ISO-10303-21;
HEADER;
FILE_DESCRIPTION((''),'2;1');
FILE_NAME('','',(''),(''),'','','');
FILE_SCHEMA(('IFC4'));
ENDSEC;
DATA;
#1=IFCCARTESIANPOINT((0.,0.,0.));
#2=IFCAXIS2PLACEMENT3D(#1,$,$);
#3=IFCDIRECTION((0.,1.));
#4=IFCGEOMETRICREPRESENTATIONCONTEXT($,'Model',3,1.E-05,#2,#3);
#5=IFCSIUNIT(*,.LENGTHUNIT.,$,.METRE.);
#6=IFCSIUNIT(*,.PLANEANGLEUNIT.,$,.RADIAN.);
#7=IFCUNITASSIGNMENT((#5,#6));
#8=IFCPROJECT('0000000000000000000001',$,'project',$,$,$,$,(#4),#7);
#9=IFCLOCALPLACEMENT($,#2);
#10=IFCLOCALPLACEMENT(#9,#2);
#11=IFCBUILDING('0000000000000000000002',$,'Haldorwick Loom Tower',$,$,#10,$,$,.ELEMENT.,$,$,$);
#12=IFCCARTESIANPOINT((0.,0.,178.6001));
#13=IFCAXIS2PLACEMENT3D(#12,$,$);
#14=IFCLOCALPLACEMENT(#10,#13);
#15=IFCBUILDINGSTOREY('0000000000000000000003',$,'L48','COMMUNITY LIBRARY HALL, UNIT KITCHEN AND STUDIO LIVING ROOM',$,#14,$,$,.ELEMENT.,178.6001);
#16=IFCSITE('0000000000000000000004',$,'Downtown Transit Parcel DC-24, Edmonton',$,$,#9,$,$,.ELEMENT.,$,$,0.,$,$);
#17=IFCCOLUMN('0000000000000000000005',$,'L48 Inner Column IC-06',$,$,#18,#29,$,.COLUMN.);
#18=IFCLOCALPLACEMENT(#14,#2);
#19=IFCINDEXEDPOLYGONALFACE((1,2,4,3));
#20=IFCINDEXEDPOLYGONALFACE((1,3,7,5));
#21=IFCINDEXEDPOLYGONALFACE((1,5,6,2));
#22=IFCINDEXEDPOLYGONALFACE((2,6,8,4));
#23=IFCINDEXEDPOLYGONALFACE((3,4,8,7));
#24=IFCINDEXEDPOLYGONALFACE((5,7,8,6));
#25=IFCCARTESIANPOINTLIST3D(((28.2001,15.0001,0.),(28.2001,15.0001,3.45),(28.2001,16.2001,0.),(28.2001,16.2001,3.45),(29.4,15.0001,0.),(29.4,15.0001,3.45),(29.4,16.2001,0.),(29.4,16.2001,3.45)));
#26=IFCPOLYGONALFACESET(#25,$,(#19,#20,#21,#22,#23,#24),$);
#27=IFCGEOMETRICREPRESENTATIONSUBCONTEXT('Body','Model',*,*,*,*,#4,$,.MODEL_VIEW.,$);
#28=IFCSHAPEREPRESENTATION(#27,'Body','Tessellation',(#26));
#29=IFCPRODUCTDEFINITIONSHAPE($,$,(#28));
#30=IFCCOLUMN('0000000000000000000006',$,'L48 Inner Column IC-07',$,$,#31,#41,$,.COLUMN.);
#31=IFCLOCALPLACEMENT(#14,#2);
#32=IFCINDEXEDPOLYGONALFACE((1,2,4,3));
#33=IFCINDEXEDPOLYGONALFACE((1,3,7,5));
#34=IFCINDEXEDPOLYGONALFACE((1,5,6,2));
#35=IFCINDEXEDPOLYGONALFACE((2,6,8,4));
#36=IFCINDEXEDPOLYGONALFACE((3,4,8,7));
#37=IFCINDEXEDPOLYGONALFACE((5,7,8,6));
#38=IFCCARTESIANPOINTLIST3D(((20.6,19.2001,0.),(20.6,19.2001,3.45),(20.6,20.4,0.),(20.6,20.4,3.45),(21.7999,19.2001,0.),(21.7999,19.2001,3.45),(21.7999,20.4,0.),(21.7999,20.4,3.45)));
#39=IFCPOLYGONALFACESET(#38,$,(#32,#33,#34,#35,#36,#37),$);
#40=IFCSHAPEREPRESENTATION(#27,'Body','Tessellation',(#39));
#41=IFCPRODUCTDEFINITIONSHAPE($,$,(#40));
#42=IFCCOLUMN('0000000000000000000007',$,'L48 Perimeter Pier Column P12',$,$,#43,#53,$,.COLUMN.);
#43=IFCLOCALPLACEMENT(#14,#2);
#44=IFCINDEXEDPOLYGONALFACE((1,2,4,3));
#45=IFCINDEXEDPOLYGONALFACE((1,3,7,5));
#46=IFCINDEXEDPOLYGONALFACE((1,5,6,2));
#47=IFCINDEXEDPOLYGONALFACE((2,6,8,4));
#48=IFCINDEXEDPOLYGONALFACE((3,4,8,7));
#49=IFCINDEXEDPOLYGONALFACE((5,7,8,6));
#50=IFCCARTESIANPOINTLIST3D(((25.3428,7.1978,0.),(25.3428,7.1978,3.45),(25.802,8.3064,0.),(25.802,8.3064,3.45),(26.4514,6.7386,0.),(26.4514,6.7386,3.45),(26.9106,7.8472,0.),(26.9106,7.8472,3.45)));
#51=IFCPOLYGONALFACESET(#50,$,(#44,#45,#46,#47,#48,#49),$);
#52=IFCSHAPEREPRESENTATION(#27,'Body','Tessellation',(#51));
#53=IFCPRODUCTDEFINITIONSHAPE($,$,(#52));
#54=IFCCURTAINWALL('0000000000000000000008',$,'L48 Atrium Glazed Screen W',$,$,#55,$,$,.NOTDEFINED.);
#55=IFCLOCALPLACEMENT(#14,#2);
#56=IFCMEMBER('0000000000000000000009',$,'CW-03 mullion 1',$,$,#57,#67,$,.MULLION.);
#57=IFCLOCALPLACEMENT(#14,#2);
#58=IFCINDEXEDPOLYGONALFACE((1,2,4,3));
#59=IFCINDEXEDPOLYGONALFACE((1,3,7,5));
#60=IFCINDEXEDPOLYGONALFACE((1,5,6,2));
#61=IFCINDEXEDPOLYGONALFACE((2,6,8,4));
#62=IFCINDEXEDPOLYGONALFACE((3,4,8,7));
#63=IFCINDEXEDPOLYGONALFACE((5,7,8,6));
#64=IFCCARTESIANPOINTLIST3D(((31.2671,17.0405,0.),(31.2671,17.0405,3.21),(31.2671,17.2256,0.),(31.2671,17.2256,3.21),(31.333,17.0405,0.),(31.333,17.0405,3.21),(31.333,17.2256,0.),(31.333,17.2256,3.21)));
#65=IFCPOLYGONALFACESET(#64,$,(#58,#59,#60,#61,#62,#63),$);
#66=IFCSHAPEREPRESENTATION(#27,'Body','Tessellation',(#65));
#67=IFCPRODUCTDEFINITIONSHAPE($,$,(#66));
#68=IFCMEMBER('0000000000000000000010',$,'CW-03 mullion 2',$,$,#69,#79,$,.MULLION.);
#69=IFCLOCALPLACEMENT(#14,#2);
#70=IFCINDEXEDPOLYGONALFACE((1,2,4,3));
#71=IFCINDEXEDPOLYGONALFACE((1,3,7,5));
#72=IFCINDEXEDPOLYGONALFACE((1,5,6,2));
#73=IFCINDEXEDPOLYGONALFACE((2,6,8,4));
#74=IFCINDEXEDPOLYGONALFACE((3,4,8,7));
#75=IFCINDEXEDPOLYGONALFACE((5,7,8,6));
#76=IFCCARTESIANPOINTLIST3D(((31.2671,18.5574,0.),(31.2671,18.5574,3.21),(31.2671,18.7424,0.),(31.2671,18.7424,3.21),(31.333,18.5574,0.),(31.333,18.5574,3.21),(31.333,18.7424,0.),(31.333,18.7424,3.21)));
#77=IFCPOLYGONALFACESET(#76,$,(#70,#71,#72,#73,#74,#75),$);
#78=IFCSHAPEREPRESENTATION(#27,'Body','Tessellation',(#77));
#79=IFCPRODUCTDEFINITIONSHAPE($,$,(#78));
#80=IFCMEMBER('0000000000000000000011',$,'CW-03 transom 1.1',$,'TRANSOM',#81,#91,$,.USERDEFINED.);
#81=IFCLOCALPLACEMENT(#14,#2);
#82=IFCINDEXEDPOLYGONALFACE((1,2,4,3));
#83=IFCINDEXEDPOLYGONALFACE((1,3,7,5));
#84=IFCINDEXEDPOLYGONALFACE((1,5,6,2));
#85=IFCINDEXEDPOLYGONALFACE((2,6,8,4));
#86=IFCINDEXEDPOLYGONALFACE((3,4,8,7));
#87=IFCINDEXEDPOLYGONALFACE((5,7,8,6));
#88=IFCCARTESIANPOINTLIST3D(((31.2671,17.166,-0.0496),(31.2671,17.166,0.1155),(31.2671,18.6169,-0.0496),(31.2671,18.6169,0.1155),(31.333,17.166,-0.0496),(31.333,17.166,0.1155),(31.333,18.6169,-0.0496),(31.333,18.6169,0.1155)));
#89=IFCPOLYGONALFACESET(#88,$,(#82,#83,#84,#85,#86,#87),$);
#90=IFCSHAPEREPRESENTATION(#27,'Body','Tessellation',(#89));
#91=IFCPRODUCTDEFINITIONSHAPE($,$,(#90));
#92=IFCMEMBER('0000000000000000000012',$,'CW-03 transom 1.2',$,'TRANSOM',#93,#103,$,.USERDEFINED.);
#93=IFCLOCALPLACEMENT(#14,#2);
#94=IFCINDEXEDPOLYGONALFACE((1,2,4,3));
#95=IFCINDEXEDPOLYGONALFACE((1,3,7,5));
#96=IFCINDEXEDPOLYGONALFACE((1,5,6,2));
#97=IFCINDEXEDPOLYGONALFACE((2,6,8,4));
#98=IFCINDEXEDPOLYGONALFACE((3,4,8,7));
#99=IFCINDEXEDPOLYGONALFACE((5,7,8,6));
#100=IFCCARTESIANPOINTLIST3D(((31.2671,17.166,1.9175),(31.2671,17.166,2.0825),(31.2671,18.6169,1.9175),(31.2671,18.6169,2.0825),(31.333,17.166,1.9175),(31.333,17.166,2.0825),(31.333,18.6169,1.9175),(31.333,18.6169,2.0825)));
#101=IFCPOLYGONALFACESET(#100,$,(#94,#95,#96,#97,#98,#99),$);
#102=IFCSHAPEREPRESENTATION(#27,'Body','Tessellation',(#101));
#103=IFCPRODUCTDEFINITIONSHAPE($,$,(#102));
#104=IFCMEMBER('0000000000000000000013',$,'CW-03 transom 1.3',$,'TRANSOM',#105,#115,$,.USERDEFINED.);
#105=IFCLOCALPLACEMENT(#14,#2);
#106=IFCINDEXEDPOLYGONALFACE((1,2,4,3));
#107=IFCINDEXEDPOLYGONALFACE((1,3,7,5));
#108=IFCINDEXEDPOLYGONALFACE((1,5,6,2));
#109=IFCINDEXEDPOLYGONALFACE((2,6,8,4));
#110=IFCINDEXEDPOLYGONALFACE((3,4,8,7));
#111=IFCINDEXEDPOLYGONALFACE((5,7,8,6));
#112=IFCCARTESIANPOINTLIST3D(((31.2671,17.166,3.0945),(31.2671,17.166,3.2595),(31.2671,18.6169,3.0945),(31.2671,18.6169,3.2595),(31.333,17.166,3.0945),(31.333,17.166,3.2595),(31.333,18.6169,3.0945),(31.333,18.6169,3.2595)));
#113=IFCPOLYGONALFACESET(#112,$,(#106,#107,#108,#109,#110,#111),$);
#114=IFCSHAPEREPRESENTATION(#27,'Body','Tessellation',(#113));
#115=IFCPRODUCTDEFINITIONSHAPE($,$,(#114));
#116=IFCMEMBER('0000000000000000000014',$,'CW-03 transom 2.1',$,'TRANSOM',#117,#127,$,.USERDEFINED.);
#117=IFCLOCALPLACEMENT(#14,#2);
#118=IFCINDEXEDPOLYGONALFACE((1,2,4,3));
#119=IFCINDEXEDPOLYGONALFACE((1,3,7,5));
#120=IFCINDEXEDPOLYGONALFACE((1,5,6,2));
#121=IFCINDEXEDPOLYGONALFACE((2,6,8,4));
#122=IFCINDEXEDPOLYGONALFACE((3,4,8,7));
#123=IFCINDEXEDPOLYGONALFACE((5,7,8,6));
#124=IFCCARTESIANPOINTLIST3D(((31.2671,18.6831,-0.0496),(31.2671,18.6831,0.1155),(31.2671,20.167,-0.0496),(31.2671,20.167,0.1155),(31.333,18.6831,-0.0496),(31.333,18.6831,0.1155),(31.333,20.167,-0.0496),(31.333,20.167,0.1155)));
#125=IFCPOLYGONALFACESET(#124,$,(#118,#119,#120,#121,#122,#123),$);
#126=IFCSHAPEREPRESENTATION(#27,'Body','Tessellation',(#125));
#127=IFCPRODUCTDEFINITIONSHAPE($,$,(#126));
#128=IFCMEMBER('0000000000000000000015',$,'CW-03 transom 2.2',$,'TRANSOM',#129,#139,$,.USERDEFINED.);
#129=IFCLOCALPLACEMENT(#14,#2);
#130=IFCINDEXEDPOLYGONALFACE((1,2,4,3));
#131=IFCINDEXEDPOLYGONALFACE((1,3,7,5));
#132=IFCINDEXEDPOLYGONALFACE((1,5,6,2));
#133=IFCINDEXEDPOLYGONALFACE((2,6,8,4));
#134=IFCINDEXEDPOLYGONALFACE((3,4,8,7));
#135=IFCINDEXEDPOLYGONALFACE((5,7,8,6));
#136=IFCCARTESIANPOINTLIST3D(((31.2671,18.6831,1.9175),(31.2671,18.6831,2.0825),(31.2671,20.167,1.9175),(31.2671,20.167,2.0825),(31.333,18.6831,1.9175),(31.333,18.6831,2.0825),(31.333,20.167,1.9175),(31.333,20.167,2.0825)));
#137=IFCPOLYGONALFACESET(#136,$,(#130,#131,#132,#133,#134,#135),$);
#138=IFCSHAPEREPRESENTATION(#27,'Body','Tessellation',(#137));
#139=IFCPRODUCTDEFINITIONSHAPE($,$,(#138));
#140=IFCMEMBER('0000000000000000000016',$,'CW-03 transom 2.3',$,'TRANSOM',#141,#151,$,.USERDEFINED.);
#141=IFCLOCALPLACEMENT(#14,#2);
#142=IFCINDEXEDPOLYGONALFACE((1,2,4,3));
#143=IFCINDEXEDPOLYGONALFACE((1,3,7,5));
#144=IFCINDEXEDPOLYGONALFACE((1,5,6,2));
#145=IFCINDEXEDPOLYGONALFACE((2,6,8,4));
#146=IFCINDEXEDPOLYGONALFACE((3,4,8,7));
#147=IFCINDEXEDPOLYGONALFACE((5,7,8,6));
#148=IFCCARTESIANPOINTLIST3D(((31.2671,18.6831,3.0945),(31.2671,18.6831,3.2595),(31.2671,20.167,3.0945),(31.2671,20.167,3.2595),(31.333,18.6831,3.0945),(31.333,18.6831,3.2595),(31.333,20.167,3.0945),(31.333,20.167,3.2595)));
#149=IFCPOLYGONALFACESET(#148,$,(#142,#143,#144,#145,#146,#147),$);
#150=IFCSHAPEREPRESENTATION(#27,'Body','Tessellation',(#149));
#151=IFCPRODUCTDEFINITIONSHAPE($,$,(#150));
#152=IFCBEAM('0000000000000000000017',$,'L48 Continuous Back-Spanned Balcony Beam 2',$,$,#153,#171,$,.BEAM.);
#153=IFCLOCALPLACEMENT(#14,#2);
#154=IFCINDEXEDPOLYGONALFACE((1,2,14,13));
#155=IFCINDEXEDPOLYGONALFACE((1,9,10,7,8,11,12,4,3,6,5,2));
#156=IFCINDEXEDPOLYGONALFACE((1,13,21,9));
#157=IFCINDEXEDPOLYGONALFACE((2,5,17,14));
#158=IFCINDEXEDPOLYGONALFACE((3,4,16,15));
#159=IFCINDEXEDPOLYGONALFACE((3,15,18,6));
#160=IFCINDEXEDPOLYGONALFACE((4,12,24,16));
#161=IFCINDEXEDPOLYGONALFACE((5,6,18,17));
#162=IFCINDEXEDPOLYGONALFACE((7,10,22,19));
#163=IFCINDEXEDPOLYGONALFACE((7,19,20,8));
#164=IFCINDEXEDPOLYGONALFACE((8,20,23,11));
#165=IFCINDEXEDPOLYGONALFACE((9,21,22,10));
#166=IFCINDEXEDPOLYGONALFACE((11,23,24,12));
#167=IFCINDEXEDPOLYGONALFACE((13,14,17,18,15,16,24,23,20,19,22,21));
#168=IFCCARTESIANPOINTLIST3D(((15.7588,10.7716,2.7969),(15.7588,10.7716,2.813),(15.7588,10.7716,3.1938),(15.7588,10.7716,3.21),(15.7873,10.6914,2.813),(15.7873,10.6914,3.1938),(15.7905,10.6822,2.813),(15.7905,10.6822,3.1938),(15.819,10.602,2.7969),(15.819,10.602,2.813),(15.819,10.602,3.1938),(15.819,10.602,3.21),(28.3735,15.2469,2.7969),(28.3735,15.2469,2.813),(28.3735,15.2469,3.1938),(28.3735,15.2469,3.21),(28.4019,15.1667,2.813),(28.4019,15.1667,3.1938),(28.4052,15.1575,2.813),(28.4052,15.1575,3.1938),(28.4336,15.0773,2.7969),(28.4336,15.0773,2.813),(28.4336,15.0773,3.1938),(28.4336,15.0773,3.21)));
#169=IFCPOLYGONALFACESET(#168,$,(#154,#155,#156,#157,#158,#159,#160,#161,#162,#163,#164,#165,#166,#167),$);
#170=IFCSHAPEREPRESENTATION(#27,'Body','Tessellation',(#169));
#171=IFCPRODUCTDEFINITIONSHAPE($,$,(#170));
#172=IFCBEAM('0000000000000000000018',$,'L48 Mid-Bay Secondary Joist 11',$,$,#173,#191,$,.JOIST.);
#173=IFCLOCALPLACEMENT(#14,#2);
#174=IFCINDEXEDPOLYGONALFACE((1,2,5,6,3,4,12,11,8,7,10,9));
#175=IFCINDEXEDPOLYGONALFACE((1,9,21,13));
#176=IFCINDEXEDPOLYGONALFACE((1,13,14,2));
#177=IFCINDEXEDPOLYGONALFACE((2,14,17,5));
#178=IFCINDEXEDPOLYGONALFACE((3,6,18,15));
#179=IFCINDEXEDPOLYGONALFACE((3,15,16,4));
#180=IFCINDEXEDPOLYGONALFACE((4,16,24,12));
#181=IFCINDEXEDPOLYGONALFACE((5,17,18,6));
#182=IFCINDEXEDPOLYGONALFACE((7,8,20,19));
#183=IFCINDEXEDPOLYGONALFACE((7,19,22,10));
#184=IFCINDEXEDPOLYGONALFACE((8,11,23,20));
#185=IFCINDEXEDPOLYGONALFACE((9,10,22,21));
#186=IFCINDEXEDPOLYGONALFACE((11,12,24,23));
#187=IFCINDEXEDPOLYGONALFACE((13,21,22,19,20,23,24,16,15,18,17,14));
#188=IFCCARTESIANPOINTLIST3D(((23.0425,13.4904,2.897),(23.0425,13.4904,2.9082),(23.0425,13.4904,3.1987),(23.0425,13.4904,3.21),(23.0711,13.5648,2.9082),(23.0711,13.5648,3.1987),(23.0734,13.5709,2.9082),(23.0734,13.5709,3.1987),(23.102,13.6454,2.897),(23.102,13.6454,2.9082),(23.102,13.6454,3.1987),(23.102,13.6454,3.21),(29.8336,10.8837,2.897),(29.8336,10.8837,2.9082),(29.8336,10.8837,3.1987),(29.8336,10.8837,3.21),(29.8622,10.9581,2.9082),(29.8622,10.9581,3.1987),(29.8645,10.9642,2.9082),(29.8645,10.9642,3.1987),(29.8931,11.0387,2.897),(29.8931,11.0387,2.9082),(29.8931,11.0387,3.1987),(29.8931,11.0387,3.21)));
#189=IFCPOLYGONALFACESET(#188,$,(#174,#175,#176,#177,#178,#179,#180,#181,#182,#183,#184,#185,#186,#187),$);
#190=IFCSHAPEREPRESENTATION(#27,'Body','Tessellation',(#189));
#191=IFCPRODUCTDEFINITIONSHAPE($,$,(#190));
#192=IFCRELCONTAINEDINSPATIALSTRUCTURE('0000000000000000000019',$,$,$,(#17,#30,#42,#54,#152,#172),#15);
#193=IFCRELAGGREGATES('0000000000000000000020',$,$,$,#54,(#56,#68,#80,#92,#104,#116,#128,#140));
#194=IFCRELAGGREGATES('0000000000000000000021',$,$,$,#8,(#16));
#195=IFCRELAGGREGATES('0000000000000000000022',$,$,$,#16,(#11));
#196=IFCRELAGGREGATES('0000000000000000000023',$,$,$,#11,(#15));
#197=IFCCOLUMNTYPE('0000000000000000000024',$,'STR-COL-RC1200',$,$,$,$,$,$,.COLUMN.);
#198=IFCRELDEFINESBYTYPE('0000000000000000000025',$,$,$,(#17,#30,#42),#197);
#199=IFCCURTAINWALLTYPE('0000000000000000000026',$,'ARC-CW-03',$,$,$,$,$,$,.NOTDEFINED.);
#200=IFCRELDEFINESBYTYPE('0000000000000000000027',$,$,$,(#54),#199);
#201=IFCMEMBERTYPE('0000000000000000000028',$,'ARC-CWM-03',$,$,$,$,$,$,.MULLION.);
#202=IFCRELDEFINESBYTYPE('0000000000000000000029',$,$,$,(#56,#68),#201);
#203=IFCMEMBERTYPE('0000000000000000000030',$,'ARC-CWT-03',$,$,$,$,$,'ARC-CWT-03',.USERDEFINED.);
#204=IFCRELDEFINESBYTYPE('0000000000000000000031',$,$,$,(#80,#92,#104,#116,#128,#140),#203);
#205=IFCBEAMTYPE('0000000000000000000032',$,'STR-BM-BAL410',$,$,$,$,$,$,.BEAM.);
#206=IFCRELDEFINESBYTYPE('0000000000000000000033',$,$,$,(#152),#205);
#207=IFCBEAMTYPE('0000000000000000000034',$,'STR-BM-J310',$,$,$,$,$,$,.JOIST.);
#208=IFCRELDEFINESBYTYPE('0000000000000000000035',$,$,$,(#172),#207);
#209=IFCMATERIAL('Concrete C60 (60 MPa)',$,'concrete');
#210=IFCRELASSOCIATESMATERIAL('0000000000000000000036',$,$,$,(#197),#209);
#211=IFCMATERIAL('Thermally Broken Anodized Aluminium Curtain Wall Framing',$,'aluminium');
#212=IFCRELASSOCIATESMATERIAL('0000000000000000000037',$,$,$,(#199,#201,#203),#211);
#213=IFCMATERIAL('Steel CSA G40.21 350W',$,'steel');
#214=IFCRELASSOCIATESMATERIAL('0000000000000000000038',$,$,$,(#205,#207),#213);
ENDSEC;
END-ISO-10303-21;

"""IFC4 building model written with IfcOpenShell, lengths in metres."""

from ifc_helpers import new_model, si_unit, direction, frame, origin, origin_2d, place, context, subcontext, project, spatial, rectangle, i_section, extrude, material, material_profile, profile_set, type_object, element, aggregate, save


model = new_model("IFC4")

# Units and contexts
model_context = context("Model", 3, precision=1e-05, world=origin(), true_north=direction((0.0, 1.0)))
body_context = subcontext(model_context, "Body", "Model", "MODEL_VIEW")
ifc_project = project(units=[si_unit("LENGTHUNIT", "METRE"), si_unit("PLANEANGLEUNIT", "RADIAN")], contexts=[model_context])

# Site, building, storey
site_placement = place(None, origin())
site = spatial("IfcSite", under=ifc_project, at=site_placement, Name="Downtown Transit Parcel DC-24, Edmonton", CompositionType="ELEMENT", RefElevation=0.0)
building_placement = place(site_placement, origin())
building = spatial("IfcBuilding", under=site, at=building_placement, Name="Haldorwick Loom Tower", CompositionType="ELEMENT")
storey_placement = place(building_placement, frame((0.0, 0.0, 178.6001)))
storey = spatial("IfcBuildingStorey", under=building, at=storey_placement, Name="L48", Description="COMMUNITY LIBRARY HALL, UNIT KITCHEN AND STUDIO LIVING ROOM", CompositionType="ELEMENT", Elevation=178.6001)

# Columns
ifc_material_1 = material(Name="Concrete C60 (60 MPa)", Category="concrete")
ifc_material_profile_1 = material_profile(ifc_material_1, rectangle(XDim=1.2, YDim=1.2, at=origin_2d()), Name="RC1200X1200", Category="concrete")
ifc_profile_set_1 = profile_set([ifc_material_profile_1], Name="Concrete C60 (60 MPa)")
column_type = type_object("IfcColumnType", Name="STR-COL-RC1200", PredefinedType="COLUMN", material=ifc_profile_set_1)
for number, where, z_axis, x_axis, name in (
    (1, (28.8, 15.6001, 0.0), (0.0, 0.0, 1.0), (1.0, 0.0, 0.0), "L48 Inner Column IC-06"),
    (2, (21.2, 19.8, 0.0), (0.0, 0.0, 1.0), (1.0, 0.0, 0.0), "L48 Inner Column IC-07"),
    (3, (26.1267, 7.5225, 0.0), (0.0, 0.0, 1.0), (-0.382683, -0.92388, 0.0), "L48 Perimeter Pier Column P12"),
):
    element("IfcColumn", number, at=place(storey_placement, frame(where, z_axis=z_axis, x_axis=x_axis)), inside=storey, type_object=column_type, Name=name, PredefinedType="COLUMN", context=body_context, shape_type="SweptSolid", body=[
        extrude(rectangle(XDim=1.2, YDim=1.2, at=origin_2d()), origin(), (0.0, 0.0, 1.0), 3.45),
    ])

# Curtain wall, members
ifc_material_2 = material(Name="Thermally Broken Anodized Aluminium Curtain Wall Framing", Category="aluminium")
curtain_wall_type = type_object("IfcCurtainWallType", Name="ARC-CW-03", PredefinedType="NOTDEFINED", material=ifc_material_2)
curtain_wall_placement = place(storey_placement, origin())
curtain_wall = element("IfcCurtainWall", 4, at=curtain_wall_placement, inside=storey, type_object=curtain_wall_type, Name="L48 Atrium Glazed Screen W", PredefinedType="NOTDEFINED")
ifc_material_profile_2 = material_profile(ifc_material_2, rectangle(XDim=0.0659, YDim=0.1851, at=origin_2d()), Name="ALU_MUL_66X185", Category="aluminium")
ifc_profile_set_2 = profile_set([ifc_material_profile_2], Name="Thermally Broken Anodized Aluminium Curtain Wall Framing")
member_type_1 = type_object("IfcMemberType", Name="ARC-CWM-03", PredefinedType="MULLION", material=ifc_profile_set_2)
member_1_placement = place(storey_placement, frame((31.3, 17.1331, 0.0), z_axis=(0.0, 0.0, 1.0), x_axis=(-1.0, 0.0, 0.0)))
member_1 = element("IfcMember", 5, at=member_1_placement, type_object=member_type_1, Name="CW-03 mullion 1", PredefinedType="MULLION", context=body_context, shape_type="SweptSolid", body=[
    extrude(rectangle(XDim=0.0659, YDim=0.1851, at=origin_2d()), origin(), (0.0, 0.0, 1.0), 3.21),
])
member_2_placement = place(storey_placement, frame((31.3, 18.6499, 0.0), z_axis=(0.0, 0.0, 1.0), x_axis=(-1.0, 0.0, 0.0)))
member_2 = element("IfcMember", 6, at=member_2_placement, type_object=member_type_1, Name="CW-03 mullion 2", PredefinedType="MULLION", context=body_context, shape_type="SweptSolid", body=[
    extrude(rectangle(XDim=0.0659, YDim=0.1851, at=origin_2d()), origin(), (0.0, 0.0, 1.0), 3.21),
])
ifc_material_profile_3 = material_profile(ifc_material_2, rectangle(XDim=0.0659, YDim=0.165, at=origin_2d()), Name="ALU_TRN_66X165", Category="aluminium")
ifc_profile_set_3 = profile_set([ifc_material_profile_3], Name="Thermally Broken Anodized Aluminium Curtain Wall Framing")
member_type_2 = type_object("IfcMemberType", Name="ARC-CWT-03", ElementType="ARC-CWT-03", PredefinedType="USERDEFINED", material=ifc_profile_set_3)
member_3_placement = place(storey_placement, frame((31.3, 17.166, 0.033), z_axis=(0.0, 1.0, 0.0), x_axis=(-1.0, 0.0, 0.0)))
member_3 = element("IfcMember", 7, at=member_3_placement, type_object=member_type_2, Name="CW-03 transom 1.1", ObjectType="TRANSOM", PredefinedType="USERDEFINED", context=body_context, shape_type="SweptSolid", body=[
    extrude(rectangle(XDim=0.0659, YDim=0.165, at=origin_2d()), origin(), (0.0, 0.0, 1.0), 1.4509),
])
member_4_placement = place(storey_placement, frame((31.3, 17.166, 2.0), z_axis=(0.0, 1.0, 0.0), x_axis=(-1.0, 0.0, 0.0)))
member_4 = element("IfcMember", 8, at=member_4_placement, type_object=member_type_2, Name="CW-03 transom 1.2", ObjectType="TRANSOM", PredefinedType="USERDEFINED", context=body_context, shape_type="SweptSolid", body=[
    extrude(rectangle(XDim=0.0659, YDim=0.165, at=origin_2d()), origin(), (0.0, 0.0, 1.0), 1.4509),
])
member_5_placement = place(storey_placement, frame((31.3, 17.166, 3.177), z_axis=(0.0, 1.0, 0.0), x_axis=(-1.0, 0.0, 0.0)))
member_5 = element("IfcMember", 9, at=member_5_placement, type_object=member_type_2, Name="CW-03 transom 1.3", ObjectType="TRANSOM", PredefinedType="USERDEFINED", context=body_context, shape_type="SweptSolid", body=[
    extrude(rectangle(XDim=0.0659, YDim=0.165, at=origin_2d()), origin(), (0.0, 0.0, 1.0), 1.4509),
])
member_6_placement = place(storey_placement, frame((31.3, 18.6831, 0.033), z_axis=(0.0, 1.0, 0.0), x_axis=(-1.0, 0.0, 0.0)))
member_6 = element("IfcMember", 10, at=member_6_placement, type_object=member_type_2, Name="CW-03 transom 2.1", ObjectType="TRANSOM", PredefinedType="USERDEFINED", context=body_context, shape_type="SweptSolid", body=[
    extrude(rectangle(XDim=0.0659, YDim=0.165, at=origin_2d()), origin(), (0.0, 0.0, 1.0), 1.4839),
])
member_7_placement = place(storey_placement, frame((31.3, 18.6831, 2.0), z_axis=(0.0, 1.0, 0.0), x_axis=(-1.0, 0.0, 0.0)))
member_7 = element("IfcMember", 11, at=member_7_placement, type_object=member_type_2, Name="CW-03 transom 2.2", ObjectType="TRANSOM", PredefinedType="USERDEFINED", context=body_context, shape_type="SweptSolid", body=[
    extrude(rectangle(XDim=0.0659, YDim=0.165, at=origin_2d()), origin(), (0.0, 0.0, 1.0), 1.4839),
])
member_8_placement = place(storey_placement, frame((31.3, 18.6831, 3.177), z_axis=(0.0, 1.0, 0.0), x_axis=(-1.0, 0.0, 0.0)))
member_8 = element("IfcMember", 12, at=member_8_placement, type_object=member_type_2, Name="CW-03 transom 2.3", ObjectType="TRANSOM", PredefinedType="USERDEFINED", context=body_context, shape_type="SweptSolid", body=[
    extrude(rectangle(XDim=0.0659, YDim=0.165, at=origin_2d()), origin(), (0.0, 0.0, 1.0), 1.4839),
])

# Beams
ifc_material_3 = material(Name="Steel CSA G40.21 350W", Category="steel")
ifc_material_profile_4 = material_profile(ifc_material_3, i_section(OverallWidth=0.1799, OverallDepth=0.4131, WebThickness=0.0098, FlangeThickness=0.0161, at=origin_2d()), Name="W410X74", Category="steel")
ifc_profile_set_4 = profile_set([ifc_material_profile_4], Name="Steel CSA G40.21 350W")
beam_type_1 = type_object("IfcBeamType", Name="STR-BM-BAL410", PredefinedType="BEAM", material=ifc_profile_set_4)
beam_1_placement = place(storey_placement, frame((28.4036, 15.1621, 3.0034), z_axis=(-0.942448, -0.334353, 0.0), x_axis=(0.334353, -0.942448, 0.0)))
element("IfcBeam", 13, at=beam_1_placement, inside=storey, type_object=beam_type_1, Name="L48 Continuous Back-Spanned Balcony Beam 2", PredefinedType="BEAM", context=body_context, shape_type="SweptSolid", body=[
    extrude(i_section(OverallWidth=0.1799, OverallDepth=0.4131, WebThickness=0.0098, FlangeThickness=0.0161, at=origin_2d()), origin(), (0.0, 0.0, 1.0), 13.385),
])
ifc_material_profile_5 = material_profile(ifc_material_3, i_section(OverallWidth=0.166, OverallDepth=0.313, WebThickness=0.0066, FlangeThickness=0.0112, at=origin_2d()), Name="W310X45", Category="steel")
ifc_profile_set_5 = profile_set([ifc_material_profile_5], Name="Steel CSA G40.21 350W")
beam_type_2 = type_object("IfcBeamType", Name="STR-BM-J310", PredefinedType="JOIST", material=ifc_profile_set_5)
beam_2_placement = place(storey_placement, frame((23.0723, 13.5679, 3.0535), z_axis=(0.933587, -0.358352, 0.0), x_axis=(0.358352, 0.933587, 0.0)))
element("IfcBeam", 14, at=beam_2_placement, inside=storey, type_object=beam_type_2, Name="L48 Mid-Bay Secondary Joist 11", PredefinedType="JOIST", context=body_context, shape_type="SweptSolid", body=[
    extrude(i_section(OverallWidth=0.166, OverallDepth=0.313, WebThickness=0.0066, FlangeThickness=0.0112, at=origin_2d()), origin(), (0.0, 0.0, 1.0), 7.2742),
])

aggregate(curtain_wall, [member_1, member_2, member_3, member_4, member_5, member_6, member_7, member_8])

save(model, "model.ifc")
